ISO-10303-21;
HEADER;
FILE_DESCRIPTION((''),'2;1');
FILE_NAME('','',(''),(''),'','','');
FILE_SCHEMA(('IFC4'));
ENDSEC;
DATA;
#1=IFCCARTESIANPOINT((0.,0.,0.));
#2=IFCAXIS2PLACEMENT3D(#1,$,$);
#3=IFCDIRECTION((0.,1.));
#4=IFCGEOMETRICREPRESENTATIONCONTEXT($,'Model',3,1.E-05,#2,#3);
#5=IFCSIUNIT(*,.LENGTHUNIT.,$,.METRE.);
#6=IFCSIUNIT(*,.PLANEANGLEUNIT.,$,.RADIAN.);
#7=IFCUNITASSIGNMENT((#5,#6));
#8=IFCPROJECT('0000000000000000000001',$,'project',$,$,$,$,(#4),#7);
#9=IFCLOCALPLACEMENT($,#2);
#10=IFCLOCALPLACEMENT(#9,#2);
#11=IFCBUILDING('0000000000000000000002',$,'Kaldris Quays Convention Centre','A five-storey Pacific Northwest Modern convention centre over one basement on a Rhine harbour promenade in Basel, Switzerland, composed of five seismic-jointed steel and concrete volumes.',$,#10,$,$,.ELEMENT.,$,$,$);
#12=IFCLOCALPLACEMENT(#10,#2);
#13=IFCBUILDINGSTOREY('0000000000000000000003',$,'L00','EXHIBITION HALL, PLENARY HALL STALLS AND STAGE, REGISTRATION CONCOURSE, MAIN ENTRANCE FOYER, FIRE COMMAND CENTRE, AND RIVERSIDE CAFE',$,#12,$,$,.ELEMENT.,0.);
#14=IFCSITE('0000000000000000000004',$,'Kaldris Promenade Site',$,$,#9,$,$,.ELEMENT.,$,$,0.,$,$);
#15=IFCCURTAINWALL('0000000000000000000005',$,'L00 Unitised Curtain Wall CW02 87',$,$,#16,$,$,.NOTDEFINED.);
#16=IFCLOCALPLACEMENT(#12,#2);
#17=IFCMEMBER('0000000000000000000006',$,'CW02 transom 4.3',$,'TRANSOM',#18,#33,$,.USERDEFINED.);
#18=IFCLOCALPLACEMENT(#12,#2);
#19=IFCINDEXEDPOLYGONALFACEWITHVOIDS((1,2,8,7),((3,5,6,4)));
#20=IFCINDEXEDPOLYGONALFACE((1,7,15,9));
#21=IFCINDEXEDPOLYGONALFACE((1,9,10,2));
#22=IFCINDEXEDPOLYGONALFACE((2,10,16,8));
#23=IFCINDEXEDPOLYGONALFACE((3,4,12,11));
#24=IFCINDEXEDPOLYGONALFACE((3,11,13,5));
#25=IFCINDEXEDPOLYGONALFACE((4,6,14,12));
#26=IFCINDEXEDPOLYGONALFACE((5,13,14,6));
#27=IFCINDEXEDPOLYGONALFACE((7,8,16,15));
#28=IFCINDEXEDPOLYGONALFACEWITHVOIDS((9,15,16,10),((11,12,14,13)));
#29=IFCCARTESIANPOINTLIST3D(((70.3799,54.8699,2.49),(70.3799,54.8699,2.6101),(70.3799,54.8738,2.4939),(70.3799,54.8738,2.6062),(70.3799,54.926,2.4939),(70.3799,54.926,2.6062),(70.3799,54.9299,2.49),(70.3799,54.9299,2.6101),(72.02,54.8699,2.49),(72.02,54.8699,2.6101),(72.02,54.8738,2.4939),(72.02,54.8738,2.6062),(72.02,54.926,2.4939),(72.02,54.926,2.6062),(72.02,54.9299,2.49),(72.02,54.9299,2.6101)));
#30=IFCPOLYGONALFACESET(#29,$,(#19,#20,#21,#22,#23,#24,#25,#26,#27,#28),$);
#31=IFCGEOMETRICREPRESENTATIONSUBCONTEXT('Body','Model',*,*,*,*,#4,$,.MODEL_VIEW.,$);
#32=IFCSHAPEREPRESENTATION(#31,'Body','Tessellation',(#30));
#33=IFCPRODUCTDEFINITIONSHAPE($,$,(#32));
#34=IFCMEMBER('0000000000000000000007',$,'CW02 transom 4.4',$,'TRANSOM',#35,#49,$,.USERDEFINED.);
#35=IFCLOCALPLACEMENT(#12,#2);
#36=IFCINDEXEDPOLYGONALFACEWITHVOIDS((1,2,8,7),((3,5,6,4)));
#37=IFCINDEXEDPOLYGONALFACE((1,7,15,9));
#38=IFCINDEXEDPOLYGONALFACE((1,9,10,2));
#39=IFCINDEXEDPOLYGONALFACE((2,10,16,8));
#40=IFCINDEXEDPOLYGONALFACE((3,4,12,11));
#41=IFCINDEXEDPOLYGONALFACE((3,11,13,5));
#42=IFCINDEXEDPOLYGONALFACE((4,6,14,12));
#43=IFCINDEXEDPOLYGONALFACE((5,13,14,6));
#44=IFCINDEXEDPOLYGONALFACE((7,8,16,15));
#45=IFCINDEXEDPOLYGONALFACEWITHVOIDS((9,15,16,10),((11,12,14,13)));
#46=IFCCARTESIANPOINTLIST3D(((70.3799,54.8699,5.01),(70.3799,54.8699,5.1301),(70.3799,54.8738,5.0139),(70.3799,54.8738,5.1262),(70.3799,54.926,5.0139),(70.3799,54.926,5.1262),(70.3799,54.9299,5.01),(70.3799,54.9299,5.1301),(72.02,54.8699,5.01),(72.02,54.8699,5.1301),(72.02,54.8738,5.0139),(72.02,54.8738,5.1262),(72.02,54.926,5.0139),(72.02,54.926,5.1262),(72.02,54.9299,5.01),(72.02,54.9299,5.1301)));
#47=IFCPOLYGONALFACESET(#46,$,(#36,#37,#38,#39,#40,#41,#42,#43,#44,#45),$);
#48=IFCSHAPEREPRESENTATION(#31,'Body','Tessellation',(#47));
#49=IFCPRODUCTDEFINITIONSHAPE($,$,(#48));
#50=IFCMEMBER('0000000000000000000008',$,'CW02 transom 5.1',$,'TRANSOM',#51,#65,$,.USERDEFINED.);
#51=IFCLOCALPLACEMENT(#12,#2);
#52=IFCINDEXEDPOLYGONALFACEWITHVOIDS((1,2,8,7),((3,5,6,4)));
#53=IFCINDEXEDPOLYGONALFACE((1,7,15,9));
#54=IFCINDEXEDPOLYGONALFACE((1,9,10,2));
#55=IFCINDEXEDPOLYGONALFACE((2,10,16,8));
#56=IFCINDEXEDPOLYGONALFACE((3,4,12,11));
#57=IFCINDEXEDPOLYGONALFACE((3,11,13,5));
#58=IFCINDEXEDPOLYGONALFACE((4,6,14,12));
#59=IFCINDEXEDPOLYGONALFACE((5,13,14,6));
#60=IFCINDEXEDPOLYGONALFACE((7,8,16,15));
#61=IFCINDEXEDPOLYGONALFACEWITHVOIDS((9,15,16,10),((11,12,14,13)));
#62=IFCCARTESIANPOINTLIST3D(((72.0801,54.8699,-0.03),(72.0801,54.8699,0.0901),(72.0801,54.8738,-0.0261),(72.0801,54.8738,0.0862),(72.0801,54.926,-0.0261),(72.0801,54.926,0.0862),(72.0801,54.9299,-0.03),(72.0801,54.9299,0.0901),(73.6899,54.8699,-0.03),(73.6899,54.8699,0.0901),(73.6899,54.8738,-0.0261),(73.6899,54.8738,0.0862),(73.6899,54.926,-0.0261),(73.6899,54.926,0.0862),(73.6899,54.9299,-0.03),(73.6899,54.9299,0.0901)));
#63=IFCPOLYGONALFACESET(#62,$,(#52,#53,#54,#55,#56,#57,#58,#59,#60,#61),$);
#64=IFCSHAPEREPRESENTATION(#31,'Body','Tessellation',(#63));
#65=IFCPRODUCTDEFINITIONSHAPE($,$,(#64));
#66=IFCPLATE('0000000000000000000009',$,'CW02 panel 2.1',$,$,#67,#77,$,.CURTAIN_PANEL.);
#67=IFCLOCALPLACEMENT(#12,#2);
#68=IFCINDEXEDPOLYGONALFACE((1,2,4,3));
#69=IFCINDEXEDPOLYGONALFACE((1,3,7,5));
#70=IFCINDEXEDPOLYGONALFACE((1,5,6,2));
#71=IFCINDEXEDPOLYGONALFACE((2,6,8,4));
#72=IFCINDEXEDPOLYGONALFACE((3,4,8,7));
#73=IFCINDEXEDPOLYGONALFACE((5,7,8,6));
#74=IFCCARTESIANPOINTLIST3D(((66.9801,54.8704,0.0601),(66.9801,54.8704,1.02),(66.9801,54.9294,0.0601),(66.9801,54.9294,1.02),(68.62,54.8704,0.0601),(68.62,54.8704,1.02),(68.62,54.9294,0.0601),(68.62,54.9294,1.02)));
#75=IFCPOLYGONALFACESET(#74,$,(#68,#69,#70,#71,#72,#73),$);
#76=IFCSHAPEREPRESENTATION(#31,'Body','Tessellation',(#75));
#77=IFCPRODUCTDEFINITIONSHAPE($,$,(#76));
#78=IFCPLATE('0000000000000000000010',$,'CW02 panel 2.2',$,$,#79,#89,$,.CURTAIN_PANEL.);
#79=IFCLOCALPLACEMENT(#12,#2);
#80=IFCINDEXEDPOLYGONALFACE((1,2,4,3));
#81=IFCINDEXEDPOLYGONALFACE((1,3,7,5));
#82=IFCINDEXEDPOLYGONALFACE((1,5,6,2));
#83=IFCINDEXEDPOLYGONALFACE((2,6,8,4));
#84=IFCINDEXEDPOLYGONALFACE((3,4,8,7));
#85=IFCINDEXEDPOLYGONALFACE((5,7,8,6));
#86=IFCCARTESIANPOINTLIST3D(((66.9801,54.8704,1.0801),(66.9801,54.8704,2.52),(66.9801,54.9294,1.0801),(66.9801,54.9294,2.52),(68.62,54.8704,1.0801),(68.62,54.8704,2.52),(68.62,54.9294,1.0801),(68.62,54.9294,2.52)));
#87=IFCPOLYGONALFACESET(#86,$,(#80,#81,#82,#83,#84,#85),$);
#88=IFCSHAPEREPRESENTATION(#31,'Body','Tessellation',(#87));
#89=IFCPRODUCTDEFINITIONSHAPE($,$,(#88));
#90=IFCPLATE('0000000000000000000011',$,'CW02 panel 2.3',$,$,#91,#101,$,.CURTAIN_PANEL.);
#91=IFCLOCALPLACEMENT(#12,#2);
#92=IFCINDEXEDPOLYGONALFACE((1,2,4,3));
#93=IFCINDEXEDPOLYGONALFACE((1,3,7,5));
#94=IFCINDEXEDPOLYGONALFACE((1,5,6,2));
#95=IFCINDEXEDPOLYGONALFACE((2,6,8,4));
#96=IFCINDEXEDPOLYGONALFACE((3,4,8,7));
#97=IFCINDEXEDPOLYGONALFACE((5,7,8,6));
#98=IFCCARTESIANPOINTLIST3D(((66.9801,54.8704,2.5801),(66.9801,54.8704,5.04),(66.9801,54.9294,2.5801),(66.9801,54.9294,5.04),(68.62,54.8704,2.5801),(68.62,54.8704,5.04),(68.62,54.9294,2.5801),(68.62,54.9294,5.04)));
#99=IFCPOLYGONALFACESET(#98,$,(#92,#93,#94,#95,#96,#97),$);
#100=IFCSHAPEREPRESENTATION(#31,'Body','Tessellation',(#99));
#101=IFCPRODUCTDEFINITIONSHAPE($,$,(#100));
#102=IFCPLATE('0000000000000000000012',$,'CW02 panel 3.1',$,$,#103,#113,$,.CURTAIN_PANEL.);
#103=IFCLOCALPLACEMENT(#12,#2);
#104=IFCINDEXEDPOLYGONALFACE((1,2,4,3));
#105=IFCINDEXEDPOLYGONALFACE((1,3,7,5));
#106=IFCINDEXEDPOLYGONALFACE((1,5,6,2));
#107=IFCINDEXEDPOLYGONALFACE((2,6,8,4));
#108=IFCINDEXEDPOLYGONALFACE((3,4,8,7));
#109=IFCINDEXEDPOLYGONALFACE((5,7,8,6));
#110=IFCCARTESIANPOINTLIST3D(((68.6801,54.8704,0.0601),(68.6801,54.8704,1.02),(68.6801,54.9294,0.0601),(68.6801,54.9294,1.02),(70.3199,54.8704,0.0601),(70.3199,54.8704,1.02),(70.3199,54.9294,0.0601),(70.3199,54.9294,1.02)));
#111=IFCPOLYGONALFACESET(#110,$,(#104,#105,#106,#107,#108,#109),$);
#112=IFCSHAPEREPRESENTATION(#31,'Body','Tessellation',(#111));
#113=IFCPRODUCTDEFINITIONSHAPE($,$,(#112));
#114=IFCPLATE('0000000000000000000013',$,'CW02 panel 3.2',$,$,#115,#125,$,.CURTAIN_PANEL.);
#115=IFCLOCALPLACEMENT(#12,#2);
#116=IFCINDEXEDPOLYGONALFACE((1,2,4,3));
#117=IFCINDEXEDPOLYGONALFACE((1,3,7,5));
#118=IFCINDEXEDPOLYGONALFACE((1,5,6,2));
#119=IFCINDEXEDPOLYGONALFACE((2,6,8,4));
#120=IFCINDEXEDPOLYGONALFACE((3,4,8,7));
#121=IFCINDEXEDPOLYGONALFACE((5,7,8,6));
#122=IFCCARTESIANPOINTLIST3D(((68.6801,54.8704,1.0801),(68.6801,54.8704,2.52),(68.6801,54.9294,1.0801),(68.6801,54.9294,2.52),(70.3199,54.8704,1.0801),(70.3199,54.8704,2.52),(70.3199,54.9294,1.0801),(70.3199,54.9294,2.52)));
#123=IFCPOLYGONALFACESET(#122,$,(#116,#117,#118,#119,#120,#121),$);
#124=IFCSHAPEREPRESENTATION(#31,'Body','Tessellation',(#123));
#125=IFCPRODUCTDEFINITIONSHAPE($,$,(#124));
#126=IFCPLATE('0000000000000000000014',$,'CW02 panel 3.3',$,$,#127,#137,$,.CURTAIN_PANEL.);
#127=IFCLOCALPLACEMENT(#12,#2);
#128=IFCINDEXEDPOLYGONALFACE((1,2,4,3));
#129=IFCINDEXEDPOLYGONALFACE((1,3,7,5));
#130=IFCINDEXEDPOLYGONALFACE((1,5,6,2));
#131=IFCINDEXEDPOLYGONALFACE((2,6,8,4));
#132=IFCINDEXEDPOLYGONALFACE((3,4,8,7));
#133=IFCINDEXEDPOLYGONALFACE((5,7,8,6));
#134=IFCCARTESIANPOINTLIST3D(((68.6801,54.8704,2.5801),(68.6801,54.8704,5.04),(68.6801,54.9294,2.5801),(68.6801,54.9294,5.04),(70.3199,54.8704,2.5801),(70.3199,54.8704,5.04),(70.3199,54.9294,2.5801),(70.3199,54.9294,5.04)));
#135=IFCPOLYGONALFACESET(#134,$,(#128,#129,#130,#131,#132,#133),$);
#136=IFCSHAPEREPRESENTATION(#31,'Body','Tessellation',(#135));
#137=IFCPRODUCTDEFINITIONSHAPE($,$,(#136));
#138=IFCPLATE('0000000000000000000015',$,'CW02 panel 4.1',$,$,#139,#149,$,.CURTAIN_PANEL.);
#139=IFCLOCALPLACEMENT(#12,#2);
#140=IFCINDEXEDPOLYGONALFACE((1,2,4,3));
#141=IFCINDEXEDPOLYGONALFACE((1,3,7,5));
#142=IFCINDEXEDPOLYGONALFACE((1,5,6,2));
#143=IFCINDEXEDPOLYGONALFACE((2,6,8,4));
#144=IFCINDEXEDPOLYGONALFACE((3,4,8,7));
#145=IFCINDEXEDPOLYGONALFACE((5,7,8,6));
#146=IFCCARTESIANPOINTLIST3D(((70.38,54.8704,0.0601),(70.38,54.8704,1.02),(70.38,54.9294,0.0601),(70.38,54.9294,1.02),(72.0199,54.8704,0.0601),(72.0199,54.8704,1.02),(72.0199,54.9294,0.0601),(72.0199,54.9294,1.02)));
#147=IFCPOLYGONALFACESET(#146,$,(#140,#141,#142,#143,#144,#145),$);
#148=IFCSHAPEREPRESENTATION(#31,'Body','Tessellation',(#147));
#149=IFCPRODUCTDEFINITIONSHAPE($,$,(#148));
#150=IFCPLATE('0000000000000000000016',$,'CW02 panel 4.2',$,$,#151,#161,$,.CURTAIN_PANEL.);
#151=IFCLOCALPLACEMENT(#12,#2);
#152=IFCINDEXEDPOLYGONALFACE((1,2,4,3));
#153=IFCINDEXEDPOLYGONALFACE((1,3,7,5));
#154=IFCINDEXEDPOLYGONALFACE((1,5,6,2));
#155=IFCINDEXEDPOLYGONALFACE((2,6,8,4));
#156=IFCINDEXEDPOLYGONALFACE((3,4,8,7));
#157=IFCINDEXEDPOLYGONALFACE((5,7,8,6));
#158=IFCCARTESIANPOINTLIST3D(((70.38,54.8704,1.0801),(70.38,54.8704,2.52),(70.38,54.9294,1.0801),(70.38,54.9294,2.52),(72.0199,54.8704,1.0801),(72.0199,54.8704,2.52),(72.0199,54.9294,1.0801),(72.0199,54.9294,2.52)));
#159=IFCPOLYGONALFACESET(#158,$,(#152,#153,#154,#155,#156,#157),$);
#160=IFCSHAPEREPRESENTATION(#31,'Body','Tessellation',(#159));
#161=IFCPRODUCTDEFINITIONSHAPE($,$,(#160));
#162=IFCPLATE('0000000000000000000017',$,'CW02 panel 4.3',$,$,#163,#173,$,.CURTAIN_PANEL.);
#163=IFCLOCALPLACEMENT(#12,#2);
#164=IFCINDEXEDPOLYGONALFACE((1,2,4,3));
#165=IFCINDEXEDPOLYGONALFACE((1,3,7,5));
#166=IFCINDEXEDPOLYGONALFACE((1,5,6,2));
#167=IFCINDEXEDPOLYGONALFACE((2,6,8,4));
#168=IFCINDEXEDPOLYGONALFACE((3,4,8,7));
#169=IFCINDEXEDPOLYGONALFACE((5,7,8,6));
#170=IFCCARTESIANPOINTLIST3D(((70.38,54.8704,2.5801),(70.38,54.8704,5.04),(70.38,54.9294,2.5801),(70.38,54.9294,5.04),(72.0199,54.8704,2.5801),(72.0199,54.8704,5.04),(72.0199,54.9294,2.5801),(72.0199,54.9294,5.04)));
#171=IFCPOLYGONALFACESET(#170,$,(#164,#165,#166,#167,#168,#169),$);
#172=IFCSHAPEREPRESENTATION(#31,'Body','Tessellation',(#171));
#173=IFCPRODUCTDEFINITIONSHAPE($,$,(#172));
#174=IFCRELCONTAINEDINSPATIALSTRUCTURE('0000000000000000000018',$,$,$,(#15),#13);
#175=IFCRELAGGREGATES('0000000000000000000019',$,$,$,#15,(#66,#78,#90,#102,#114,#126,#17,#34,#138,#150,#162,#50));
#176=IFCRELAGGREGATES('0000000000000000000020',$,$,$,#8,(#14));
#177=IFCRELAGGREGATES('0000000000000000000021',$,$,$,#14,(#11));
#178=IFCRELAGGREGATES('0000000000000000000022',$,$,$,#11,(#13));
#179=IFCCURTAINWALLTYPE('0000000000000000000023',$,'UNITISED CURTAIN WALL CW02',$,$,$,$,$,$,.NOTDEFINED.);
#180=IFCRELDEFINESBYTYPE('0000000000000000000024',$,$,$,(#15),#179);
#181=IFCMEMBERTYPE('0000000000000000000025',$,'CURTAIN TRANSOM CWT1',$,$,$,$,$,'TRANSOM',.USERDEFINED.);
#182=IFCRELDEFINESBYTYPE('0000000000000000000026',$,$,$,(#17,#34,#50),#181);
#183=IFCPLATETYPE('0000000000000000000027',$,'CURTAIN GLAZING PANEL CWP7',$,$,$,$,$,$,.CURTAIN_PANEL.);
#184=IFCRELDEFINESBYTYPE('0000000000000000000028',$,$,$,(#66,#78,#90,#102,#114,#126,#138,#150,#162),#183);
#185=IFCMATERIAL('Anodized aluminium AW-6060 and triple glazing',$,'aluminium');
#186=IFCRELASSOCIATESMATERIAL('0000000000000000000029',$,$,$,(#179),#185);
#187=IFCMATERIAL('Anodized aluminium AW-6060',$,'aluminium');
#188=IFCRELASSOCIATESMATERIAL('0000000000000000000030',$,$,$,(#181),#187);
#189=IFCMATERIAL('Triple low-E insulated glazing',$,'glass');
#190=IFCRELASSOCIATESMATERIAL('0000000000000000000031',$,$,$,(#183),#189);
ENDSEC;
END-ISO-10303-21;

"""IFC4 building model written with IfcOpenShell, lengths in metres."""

from ifc_helpers import new_model, si_unit, direction, frame, origin, origin_2d, place, context, subcontext, project, spatial, rectangle, hollow_rectangle, extrude, material, material_profile, profile_set, type_object, element, aggregate, save


model = new_model("IFC4")

# Units and contexts
model_context = context("Model", 3, precision=1e-05, world=origin(), true_north=direction((0.0, 1.0)))
body_context = subcontext(model_context, "Body", "Model", "MODEL_VIEW")
ifc_project = project(units=[si_unit("LENGTHUNIT", "METRE"), si_unit("PLANEANGLEUNIT", "RADIAN")], contexts=[model_context])

# Site, building, storey
site_placement = place(None, origin())
site = spatial("IfcSite", under=ifc_project, at=site_placement, Name="Kaldris Promenade Site", CompositionType="ELEMENT", RefElevation=0.0)
building_placement = place(site_placement, origin())
building = spatial("IfcBuilding", under=site, at=building_placement, Name="Kaldris Quays Convention Centre", Description="A five-storey Pacific Northwest Modern convention centre over one basement on a Rhine harbour promenade in Basel, Switzerland, composed of five seismic-jointed steel and concrete volumes.", CompositionType="ELEMENT")
storey_placement = place(building_placement, origin())
storey = spatial("IfcBuildingStorey", under=building, at=storey_placement, Name="L00", Description="EXHIBITION HALL, PLENARY HALL STALLS AND STAGE, REGISTRATION CONCOURSE, MAIN ENTRANCE FOYER, FIRE COMMAND CENTRE, AND RIVERSIDE CAFE", CompositionType="ELEMENT", Elevation=0.0)

# Curtain wall, members, plates
ifc_material_1 = material(Name="Anodized aluminium AW-6060 and triple glazing", Category="aluminium")
curtain_wall_type = type_object("IfcCurtainWallType", Name="UNITISED CURTAIN WALL CW02", PredefinedType="NOTDEFINED", material=ifc_material_1)
curtain_wall_placement = place(storey_placement, origin())
curtain_wall = element("IfcCurtainWall", 1, at=curtain_wall_placement, inside=storey, type_object=curtain_wall_type, Name="L00 Unitised Curtain Wall CW02 87", PredefinedType="NOTDEFINED")
ifc_material_2 = material(Name="Anodized aluminium AW-6060", Category="aluminium")
ifc_material_profile_1 = material_profile(ifc_material_2, hollow_rectangle(XDim=0.0601, YDim=0.1201, WallThickness=0.0039, at=origin_2d()), Name="RHS 120x60x4")
ifc_profile_set_1 = profile_set([ifc_material_profile_1], Name="Anodized aluminium AW-6060")
member_type_1 = type_object("IfcMemberType", Name="CURTAIN TRANSOM CWT1", ElementType="TRANSOM", PredefinedType="USERDEFINED", material=ifc_profile_set_1)
member_1_placement = place(storey_placement, frame((70.3799, 54.8999, 2.55), z_axis=(1.0, 0.0, 0.0), x_axis=(0.0, 1.0, 0.0)))
member_1 = element("IfcMember", 2, at=member_1_placement, type_object=member_type_1, Name="CW02 transom 4.3", ObjectType="TRANSOM", PredefinedType="USERDEFINED", context=body_context, shape_type="SweptSolid", body=[
    extrude(hollow_rectangle(XDim=0.0601, YDim=0.1201, WallThickness=0.0039, at=origin_2d()), origin(), (0.0, 0.0, 1.0), 1.6401),
])
member_2_placement = place(storey_placement, frame((70.3799, 54.8999, 5.0701), z_axis=(1.0, 0.0, 0.0), x_axis=(0.0, 1.0, 0.0)))
member_2 = element("IfcMember", 3, at=member_2_placement, type_object=member_type_1, Name="CW02 transom 4.4", ObjectType="TRANSOM", PredefinedType="USERDEFINED", context=body_context, shape_type="SweptSolid", body=[
    extrude(hollow_rectangle(XDim=0.0601, YDim=0.1201, WallThickness=0.0039, at=origin_2d()), origin(), (0.0, 0.0, 1.0), 1.6401),
])
member_3_placement = place(storey_placement, frame((72.0801, 54.8999, 0.03), z_axis=(1.0, 0.0, 0.0), x_axis=(0.0, 1.0, 0.0)))
member_3 = element("IfcMember", 4, at=member_3_placement, type_object=member_type_1, Name="CW02 transom 5.1", ObjectType="TRANSOM", PredefinedType="USERDEFINED", context=body_context, shape_type="SweptSolid", body=[
    extrude(hollow_rectangle(XDim=0.0601, YDim=0.1201, WallThickness=0.0039, at=origin_2d()), origin(), (0.0, 0.0, 1.0), 1.6099),
])
ifc_material_3 = material(Name="Triple low-E insulated glazing", Category="glass")
plate_type = type_object("IfcPlateType", Name="CURTAIN GLAZING PANEL CWP7", PredefinedType="CURTAIN_PANEL", material=ifc_material_3)
plate_1_placement = place(storey_placement, frame((67.8, 54.8999, 0.0601), z_axis=(0.0, 0.0, 1.0), x_axis=(1.0, 0.0, 0.0)))
plate_1 = element("IfcPlate", 5, at=plate_1_placement, type_object=plate_type, Name="CW02 panel 2.1", PredefinedType="CURTAIN_PANEL", context=body_context, shape_type="SweptSolid", body=[
    extrude(rectangle(XDim=1.6399, YDim=0.0591, at=origin_2d()), origin(), (0.0, 0.0, 1.0), 0.96),
])
plate_2_placement = place(storey_placement, frame((67.8, 54.8999, 1.0801), z_axis=(0.0, 0.0, 1.0), x_axis=(1.0, 0.0, 0.0)))
plate_2 = element("IfcPlate", 6, at=plate_2_placement, type_object=plate_type, Name="CW02 panel 2.2", PredefinedType="CURTAIN_PANEL", context=body_context, shape_type="SweptSolid", body=[
    extrude(rectangle(XDim=1.6399, YDim=0.0591, at=origin_2d()), origin(), (0.0, 0.0, 1.0), 1.4399),
])
plate_3_placement = place(storey_placement, frame((67.8, 54.8999, 2.5801), z_axis=(0.0, 0.0, 1.0), x_axis=(1.0, 0.0, 0.0)))
plate_3 = element("IfcPlate", 7, at=plate_3_placement, type_object=plate_type, Name="CW02 panel 2.3", PredefinedType="CURTAIN_PANEL", context=body_context, shape_type="SweptSolid", body=[
    extrude(rectangle(XDim=1.6399, YDim=0.0591, at=origin_2d()), origin(), (0.0, 0.0, 1.0), 2.46),
])
plate_4_placement = place(storey_placement, frame((69.5, 54.8999, 0.0601), z_axis=(0.0, 0.0, 1.0), x_axis=(1.0, 0.0, 0.0)))
plate_4 = element("IfcPlate", 8, at=plate_4_placement, type_object=plate_type, Name="CW02 panel 3.1", PredefinedType="CURTAIN_PANEL", context=body_context, shape_type="SweptSolid", body=[
    extrude(rectangle(XDim=1.6399, YDim=0.0591, at=origin_2d()), origin(), (0.0, 0.0, 1.0), 0.96),
])
plate_5_placement = place(storey_placement, frame((69.5, 54.8999, 1.0801), z_axis=(0.0, 0.0, 1.0), x_axis=(1.0, 0.0, 0.0)))
plate_5 = element("IfcPlate", 9, at=plate_5_placement, type_object=plate_type, Name="CW02 panel 3.2", PredefinedType="CURTAIN_PANEL", context=body_context, shape_type="SweptSolid", body=[
    extrude(rectangle(XDim=1.6399, YDim=0.0591, at=origin_2d()), origin(), (0.0, 0.0, 1.0), 1.4399),
])
plate_6_placement = place(storey_placement, frame((69.5, 54.8999, 2.5801), z_axis=(0.0, 0.0, 1.0), x_axis=(1.0, 0.0, 0.0)))
plate_6 = element("IfcPlate", 10, at=plate_6_placement, type_object=plate_type, Name="CW02 panel 3.3", PredefinedType="CURTAIN_PANEL", context=body_context, shape_type="SweptSolid", body=[
    extrude(rectangle(XDim=1.6399, YDim=0.0591, at=origin_2d()), origin(), (0.0, 0.0, 1.0), 2.46),
])
plate_7_placement = place(storey_placement, frame((71.2, 54.8999, 0.0601), z_axis=(0.0, 0.0, 1.0), x_axis=(1.0, 0.0, 0.0)))
plate_7 = element("IfcPlate", 11, at=plate_7_placement, type_object=plate_type, Name="CW02 panel 4.1", PredefinedType="CURTAIN_PANEL", context=body_context, shape_type="SweptSolid", body=[
    extrude(rectangle(XDim=1.6399, YDim=0.0591, at=origin_2d()), origin(), (0.0, 0.0, 1.0), 0.96),
])
plate_8_placement = place(storey_placement, frame((71.2, 54.8999, 1.0801), z_axis=(0.0, 0.0, 1.0), x_axis=(1.0, 0.0, 0.0)))
plate_8 = element("IfcPlate", 12, at=plate_8_placement, type_object=plate_type, Name="CW02 panel 4.2", PredefinedType="CURTAIN_PANEL", context=body_context, shape_type="SweptSolid", body=[
    extrude(rectangle(XDim=1.6399, YDim=0.0591, at=origin_2d()), origin(), (0.0, 0.0, 1.0), 1.4399),
])
plate_9_placement = place(storey_placement, frame((71.2, 54.8999, 2.5801), z_axis=(0.0, 0.0, 1.0), x_axis=(1.0, 0.0, 0.0)))
plate_9 = element("IfcPlate", 13, at=plate_9_placement, type_object=plate_type, Name="CW02 panel 4.3", PredefinedType="CURTAIN_PANEL", context=body_context, shape_type="SweptSolid", body=[
    extrude(rectangle(XDim=1.6399, YDim=0.0591, at=origin_2d()), origin(), (0.0, 0.0, 1.0), 2.46),
])
aggregate(curtain_wall, [plate_1, plate_2, plate_3, plate_4, plate_5, plate_6, member_1, member_2, plate_7, plate_8, plate_9, member_3])

save(model, "model.ifc")
